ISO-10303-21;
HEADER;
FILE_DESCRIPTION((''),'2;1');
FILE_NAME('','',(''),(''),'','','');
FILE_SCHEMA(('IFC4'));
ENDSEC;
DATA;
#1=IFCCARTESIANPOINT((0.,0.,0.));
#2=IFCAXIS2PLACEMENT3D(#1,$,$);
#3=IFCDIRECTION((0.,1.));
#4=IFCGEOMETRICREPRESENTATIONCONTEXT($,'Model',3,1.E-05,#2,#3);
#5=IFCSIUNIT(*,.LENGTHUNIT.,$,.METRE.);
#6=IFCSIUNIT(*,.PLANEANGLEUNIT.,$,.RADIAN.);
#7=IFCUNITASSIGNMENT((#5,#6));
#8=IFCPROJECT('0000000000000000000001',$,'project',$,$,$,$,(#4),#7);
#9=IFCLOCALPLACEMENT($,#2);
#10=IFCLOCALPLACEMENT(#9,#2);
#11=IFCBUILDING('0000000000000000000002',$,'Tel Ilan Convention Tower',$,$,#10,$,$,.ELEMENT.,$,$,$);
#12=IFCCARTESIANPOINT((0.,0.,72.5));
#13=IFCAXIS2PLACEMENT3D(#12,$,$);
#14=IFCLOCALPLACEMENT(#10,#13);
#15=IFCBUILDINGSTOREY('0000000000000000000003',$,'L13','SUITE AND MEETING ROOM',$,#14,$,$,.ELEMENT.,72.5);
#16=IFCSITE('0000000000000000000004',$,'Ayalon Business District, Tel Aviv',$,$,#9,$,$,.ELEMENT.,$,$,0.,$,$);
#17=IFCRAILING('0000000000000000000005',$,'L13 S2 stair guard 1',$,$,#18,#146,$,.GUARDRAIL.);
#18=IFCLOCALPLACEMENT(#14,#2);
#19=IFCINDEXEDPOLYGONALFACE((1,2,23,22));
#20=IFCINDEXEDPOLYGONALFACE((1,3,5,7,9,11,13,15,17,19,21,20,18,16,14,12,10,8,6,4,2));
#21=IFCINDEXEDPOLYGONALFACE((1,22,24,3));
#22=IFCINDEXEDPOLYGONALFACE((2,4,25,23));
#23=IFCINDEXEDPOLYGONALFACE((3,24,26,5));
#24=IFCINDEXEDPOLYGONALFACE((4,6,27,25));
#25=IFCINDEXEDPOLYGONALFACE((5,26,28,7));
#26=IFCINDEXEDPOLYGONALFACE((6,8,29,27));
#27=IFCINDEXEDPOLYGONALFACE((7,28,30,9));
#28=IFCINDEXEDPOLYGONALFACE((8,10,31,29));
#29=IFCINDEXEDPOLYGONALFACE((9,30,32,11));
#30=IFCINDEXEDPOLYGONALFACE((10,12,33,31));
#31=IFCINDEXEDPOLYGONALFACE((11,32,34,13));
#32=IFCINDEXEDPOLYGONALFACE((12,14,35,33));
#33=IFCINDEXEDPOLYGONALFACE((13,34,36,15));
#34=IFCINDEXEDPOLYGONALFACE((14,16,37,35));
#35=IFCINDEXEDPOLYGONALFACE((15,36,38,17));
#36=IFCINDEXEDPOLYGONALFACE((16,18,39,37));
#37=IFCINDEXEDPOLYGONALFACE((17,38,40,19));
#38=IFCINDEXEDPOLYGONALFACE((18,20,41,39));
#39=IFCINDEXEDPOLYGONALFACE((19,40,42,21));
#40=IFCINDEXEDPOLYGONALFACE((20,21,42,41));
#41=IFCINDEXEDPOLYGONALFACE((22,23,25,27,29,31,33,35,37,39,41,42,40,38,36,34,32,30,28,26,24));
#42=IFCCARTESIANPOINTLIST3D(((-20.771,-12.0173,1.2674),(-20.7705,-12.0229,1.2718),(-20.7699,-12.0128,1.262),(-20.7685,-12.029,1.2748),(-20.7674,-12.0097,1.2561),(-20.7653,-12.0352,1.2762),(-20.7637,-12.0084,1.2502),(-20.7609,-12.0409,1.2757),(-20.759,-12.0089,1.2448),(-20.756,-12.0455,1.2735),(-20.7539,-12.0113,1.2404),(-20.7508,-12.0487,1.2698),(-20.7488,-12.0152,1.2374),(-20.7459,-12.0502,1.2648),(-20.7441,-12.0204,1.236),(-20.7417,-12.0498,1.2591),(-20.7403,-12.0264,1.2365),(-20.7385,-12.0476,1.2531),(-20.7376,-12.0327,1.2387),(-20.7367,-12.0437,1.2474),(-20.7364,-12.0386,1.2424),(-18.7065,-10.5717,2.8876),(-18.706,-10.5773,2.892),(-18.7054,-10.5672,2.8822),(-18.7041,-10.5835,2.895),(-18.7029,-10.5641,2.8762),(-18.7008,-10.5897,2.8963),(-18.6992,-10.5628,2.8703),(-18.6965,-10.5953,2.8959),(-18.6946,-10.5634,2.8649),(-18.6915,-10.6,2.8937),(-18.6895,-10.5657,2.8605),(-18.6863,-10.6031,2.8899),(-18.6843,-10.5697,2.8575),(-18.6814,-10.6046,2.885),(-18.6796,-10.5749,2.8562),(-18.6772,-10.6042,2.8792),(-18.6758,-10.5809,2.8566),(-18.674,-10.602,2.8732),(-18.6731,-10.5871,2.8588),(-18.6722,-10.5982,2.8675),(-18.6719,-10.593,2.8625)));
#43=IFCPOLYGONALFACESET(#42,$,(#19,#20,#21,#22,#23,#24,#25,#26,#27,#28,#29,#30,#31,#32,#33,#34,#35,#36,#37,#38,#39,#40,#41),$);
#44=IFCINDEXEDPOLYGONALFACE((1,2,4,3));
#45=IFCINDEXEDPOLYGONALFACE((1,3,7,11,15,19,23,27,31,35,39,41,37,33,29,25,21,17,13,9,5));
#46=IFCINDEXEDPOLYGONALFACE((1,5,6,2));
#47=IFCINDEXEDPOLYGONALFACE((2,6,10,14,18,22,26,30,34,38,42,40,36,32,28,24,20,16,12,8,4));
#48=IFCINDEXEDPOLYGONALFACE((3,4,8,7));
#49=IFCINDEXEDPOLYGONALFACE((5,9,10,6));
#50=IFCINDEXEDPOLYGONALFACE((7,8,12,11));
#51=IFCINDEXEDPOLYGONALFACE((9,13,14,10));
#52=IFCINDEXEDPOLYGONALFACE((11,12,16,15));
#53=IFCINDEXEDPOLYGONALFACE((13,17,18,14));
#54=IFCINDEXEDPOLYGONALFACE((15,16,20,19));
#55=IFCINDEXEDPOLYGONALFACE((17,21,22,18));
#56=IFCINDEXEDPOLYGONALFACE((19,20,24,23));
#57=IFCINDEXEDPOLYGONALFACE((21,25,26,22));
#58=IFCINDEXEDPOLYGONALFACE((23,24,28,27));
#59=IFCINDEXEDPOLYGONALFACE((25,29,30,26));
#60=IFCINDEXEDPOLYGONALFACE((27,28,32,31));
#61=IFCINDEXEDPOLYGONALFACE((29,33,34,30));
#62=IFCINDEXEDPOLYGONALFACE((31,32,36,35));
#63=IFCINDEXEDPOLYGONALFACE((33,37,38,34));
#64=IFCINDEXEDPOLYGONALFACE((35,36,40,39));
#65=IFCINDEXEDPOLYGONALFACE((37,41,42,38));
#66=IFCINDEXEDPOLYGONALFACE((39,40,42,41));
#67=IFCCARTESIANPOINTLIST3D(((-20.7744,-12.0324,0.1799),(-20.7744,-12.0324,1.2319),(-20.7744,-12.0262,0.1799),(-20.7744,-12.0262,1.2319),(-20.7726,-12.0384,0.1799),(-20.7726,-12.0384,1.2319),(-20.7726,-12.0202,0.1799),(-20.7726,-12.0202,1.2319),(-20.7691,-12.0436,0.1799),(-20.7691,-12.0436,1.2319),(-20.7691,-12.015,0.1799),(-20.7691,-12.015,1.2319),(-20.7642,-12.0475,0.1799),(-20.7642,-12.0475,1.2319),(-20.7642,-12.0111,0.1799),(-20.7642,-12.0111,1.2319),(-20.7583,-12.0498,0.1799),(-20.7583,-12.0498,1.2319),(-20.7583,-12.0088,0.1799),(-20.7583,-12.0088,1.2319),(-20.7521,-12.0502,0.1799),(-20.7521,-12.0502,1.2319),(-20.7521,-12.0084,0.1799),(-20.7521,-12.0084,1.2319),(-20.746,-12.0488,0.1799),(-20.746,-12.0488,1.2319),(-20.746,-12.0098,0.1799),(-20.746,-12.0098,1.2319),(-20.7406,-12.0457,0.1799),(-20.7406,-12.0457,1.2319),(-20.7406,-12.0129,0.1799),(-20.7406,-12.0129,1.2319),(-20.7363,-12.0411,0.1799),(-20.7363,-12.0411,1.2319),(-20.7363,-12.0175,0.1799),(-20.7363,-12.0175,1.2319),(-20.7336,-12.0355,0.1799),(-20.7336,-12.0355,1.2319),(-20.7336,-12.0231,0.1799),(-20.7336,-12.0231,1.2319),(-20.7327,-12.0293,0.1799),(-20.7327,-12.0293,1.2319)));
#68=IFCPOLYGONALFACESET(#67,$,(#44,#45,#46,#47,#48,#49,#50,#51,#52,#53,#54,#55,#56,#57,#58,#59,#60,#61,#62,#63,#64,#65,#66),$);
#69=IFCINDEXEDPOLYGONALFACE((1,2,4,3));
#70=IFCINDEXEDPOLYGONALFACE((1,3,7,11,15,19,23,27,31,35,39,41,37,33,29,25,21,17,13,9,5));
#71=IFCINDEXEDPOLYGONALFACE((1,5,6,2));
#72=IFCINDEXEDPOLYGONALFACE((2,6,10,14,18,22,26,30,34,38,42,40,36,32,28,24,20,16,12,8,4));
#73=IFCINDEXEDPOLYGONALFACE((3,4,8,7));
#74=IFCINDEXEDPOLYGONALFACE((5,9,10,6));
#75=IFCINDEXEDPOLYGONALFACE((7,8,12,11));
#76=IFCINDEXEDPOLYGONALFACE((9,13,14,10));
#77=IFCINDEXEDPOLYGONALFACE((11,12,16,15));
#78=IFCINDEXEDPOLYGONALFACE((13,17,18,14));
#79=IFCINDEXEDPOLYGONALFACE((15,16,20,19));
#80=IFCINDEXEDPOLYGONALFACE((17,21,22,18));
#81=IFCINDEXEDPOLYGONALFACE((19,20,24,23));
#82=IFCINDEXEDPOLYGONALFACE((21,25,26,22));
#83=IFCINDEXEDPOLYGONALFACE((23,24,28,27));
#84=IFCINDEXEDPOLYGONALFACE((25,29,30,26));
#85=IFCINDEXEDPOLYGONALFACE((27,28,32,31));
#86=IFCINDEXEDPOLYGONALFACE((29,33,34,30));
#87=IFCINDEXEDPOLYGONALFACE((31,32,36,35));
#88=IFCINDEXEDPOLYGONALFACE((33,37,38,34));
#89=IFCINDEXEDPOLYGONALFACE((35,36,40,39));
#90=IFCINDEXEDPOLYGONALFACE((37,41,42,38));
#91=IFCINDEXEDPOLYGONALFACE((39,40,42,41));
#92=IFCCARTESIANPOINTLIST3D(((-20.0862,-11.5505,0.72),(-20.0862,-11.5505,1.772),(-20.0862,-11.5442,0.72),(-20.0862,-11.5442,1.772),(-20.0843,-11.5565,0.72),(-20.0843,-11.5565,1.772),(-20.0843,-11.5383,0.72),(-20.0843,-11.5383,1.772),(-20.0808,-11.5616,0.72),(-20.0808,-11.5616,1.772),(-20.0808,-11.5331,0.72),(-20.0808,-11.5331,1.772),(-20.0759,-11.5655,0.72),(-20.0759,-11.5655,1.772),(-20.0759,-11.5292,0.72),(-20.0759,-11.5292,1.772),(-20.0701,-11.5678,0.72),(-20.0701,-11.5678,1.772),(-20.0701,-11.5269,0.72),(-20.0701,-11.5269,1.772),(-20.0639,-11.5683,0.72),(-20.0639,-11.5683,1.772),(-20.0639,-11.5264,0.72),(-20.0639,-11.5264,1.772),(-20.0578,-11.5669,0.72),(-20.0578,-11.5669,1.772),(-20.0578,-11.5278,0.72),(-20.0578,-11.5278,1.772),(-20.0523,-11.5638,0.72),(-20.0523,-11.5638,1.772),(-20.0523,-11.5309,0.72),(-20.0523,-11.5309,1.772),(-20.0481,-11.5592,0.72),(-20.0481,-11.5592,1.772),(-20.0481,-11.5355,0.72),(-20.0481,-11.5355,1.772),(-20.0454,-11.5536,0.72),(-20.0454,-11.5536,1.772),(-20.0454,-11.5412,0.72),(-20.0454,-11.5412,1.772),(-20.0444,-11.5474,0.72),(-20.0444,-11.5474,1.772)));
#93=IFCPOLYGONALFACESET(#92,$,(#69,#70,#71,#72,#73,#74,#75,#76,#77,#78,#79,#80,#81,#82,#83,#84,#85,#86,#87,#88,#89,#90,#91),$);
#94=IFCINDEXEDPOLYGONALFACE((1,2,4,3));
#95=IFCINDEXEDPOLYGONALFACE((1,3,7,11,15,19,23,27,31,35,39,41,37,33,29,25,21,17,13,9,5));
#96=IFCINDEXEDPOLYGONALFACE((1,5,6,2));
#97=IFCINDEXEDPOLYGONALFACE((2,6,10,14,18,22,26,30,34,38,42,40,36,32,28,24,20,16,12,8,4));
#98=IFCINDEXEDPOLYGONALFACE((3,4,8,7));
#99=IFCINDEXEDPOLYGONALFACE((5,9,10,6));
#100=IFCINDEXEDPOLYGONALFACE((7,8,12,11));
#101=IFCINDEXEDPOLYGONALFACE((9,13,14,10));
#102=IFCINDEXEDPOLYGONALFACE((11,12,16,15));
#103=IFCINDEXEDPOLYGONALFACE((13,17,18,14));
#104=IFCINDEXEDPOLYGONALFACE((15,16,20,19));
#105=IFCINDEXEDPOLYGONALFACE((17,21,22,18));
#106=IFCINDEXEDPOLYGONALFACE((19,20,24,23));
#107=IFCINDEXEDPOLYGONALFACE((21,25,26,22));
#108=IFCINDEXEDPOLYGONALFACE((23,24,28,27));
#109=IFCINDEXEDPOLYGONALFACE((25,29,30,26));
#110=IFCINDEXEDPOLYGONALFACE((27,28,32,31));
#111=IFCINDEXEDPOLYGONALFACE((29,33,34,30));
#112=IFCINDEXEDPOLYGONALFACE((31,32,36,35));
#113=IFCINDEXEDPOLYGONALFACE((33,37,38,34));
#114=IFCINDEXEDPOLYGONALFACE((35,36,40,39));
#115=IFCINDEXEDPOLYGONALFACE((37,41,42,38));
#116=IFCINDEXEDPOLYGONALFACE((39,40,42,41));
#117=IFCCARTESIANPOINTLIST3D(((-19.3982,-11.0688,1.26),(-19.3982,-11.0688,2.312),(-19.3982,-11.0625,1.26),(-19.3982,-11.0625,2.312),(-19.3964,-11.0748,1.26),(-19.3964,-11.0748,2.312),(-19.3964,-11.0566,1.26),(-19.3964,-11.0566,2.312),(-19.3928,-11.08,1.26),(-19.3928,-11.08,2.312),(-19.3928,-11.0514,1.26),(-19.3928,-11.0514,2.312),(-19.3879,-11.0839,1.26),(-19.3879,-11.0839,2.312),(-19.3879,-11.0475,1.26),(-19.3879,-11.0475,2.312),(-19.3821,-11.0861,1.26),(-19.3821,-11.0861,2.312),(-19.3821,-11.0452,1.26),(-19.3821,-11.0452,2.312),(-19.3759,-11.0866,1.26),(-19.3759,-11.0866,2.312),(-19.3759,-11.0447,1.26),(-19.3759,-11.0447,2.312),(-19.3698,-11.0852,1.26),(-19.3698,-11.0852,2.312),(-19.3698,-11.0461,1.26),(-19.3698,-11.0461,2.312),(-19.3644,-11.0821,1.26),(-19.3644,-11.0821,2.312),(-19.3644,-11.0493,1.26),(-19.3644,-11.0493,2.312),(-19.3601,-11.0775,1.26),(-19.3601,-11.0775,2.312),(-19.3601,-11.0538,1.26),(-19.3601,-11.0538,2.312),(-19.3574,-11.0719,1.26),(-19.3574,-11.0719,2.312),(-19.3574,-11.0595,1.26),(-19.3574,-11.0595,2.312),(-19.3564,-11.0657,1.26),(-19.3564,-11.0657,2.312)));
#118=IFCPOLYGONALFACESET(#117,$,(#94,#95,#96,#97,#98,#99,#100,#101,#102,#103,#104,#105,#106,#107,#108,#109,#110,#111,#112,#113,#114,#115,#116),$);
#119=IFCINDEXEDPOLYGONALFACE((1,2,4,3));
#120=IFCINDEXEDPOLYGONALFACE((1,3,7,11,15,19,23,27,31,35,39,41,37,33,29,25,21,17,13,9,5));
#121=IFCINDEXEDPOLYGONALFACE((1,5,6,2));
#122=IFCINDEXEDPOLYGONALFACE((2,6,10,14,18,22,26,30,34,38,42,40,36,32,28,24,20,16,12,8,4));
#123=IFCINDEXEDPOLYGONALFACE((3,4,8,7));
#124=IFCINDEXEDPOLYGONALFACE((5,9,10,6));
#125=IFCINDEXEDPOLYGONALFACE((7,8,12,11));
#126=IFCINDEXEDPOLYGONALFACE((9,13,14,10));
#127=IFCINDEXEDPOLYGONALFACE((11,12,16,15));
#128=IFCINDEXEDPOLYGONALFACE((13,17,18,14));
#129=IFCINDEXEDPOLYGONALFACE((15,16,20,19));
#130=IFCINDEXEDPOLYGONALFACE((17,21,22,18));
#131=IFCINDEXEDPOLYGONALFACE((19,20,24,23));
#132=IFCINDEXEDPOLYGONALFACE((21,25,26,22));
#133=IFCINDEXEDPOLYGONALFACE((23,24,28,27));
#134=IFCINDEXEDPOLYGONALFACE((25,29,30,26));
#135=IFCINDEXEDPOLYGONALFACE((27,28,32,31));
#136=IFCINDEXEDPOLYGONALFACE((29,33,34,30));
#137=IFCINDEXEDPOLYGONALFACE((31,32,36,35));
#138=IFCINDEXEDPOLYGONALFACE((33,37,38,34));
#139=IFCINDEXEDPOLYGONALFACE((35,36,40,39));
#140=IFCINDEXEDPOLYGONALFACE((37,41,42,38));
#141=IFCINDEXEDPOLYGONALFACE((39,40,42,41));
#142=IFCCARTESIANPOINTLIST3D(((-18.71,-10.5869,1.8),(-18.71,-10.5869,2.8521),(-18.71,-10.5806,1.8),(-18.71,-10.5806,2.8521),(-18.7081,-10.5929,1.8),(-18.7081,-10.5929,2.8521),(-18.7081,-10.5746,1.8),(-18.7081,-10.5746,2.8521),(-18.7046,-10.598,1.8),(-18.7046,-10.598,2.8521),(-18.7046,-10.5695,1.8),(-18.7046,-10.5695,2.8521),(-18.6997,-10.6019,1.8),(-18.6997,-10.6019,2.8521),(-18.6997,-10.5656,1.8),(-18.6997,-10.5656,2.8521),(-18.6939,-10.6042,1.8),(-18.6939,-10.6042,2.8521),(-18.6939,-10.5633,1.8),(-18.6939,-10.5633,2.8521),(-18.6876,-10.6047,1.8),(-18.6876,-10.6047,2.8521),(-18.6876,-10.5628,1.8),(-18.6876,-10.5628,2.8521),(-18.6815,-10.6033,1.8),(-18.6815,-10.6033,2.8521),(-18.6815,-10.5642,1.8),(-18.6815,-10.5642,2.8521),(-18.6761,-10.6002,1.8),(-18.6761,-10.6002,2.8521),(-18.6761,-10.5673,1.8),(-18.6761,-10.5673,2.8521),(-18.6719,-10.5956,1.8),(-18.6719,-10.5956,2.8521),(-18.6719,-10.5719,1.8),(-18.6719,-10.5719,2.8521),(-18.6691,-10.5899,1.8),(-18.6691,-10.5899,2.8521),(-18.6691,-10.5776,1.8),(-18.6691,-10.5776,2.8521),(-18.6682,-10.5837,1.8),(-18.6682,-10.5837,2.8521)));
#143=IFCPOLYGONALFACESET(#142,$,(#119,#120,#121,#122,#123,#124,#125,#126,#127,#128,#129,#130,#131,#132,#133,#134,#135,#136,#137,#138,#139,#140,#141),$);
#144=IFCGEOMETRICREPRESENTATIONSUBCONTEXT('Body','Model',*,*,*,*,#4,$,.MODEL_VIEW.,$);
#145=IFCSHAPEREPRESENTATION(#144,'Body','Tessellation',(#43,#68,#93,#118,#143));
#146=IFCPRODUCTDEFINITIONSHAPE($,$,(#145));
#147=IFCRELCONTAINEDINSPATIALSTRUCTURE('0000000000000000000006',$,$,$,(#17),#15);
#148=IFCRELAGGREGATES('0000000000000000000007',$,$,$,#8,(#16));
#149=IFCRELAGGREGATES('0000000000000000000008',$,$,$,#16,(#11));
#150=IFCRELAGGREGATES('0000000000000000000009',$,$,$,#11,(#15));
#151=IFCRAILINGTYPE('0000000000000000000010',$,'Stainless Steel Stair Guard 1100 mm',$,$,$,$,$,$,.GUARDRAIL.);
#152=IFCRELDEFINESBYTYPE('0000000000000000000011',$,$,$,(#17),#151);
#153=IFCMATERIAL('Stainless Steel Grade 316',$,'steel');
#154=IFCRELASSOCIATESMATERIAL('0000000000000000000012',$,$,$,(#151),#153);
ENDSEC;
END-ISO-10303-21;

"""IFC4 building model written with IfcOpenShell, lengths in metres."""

from ifc_helpers import new_model, si_unit, direction, frame, origin, origin_2d, place, context, subcontext, project, spatial, circle, extrude, material, type_object, element, save


model = new_model("IFC4")

# Units and contexts
model_context = context("Model", 3, precision=1e-05, world=origin(), true_north=direction((0.0, 1.0)))
body_context = subcontext(model_context, "Body", "Model", "MODEL_VIEW")
ifc_project = project(units=[si_unit("LENGTHUNIT", "METRE"), si_unit("PLANEANGLEUNIT", "RADIAN")], contexts=[model_context])

# Site, building, storey
site_placement = place(None, origin())
site = spatial("IfcSite", under=ifc_project, at=site_placement, Name="Ayalon Business District, Tel Aviv", CompositionType="ELEMENT", RefElevation=0.0)
building_placement = place(site_placement, origin())
building = spatial("IfcBuilding", under=site, at=building_placement, Name="Tel Ilan Convention Tower", CompositionType="ELEMENT")
storey_placement = place(building_placement, frame((0.0, 0.0, 72.5)))
storey = spatial("IfcBuildingStorey", under=building, at=storey_placement, Name="L13", Description="SUITE AND MEETING ROOM", CompositionType="ELEMENT", Elevation=72.5)

# Railing
ifc_material_1 = material(Name="Stainless Steel Grade 316", Category="steel")
railing_type_1 = type_object("IfcRailingType", Name="Stainless Steel Stair Guard 1100 mm", PredefinedType="GUARDRAIL", material=ifc_material_1)
railing_1_placement = place(storey_placement, frame((-20.7537, -12.0293, 0.1799)))
element("IfcRailing", 1, at=railing_1_placement, inside=storey, type_object=railing_type_1, Name="L13 S2 stair guard 1", PredefinedType="GUARDRAIL", context=body_context, shape_type="SweptSolid", body=[
    extrude(circle(Radius=0.0239, at=origin_2d()), frame((0.0, 0.0, 1.0762), z_axis=(0.689056, 0.482486, 0.540749), x_axis=(-0.573579, 0.81915, 0.0)), (0.0, 0.0, 1.0), 2.9961),
    extrude(circle(Radius=0.021, at=origin_2d()), origin(), (0.0, 0.0, 1.0), 1.052),
    extrude(circle(Radius=0.021, at=origin_2d()), frame((0.6882, 0.4819, 0.54)), (0.0, 0.0, 1.0), 1.052),
    extrude(circle(Radius=0.021, at=origin_2d()), frame((1.3762, 0.9636, 1.0801)), (0.0, 0.0, 1.0), 1.052),
    extrude(circle(Radius=0.021, at=origin_2d()), frame((2.0645, 1.4456, 1.6201)), (0.0, 0.0, 1.0), 1.052),
])

save(model, "model.ifc")
